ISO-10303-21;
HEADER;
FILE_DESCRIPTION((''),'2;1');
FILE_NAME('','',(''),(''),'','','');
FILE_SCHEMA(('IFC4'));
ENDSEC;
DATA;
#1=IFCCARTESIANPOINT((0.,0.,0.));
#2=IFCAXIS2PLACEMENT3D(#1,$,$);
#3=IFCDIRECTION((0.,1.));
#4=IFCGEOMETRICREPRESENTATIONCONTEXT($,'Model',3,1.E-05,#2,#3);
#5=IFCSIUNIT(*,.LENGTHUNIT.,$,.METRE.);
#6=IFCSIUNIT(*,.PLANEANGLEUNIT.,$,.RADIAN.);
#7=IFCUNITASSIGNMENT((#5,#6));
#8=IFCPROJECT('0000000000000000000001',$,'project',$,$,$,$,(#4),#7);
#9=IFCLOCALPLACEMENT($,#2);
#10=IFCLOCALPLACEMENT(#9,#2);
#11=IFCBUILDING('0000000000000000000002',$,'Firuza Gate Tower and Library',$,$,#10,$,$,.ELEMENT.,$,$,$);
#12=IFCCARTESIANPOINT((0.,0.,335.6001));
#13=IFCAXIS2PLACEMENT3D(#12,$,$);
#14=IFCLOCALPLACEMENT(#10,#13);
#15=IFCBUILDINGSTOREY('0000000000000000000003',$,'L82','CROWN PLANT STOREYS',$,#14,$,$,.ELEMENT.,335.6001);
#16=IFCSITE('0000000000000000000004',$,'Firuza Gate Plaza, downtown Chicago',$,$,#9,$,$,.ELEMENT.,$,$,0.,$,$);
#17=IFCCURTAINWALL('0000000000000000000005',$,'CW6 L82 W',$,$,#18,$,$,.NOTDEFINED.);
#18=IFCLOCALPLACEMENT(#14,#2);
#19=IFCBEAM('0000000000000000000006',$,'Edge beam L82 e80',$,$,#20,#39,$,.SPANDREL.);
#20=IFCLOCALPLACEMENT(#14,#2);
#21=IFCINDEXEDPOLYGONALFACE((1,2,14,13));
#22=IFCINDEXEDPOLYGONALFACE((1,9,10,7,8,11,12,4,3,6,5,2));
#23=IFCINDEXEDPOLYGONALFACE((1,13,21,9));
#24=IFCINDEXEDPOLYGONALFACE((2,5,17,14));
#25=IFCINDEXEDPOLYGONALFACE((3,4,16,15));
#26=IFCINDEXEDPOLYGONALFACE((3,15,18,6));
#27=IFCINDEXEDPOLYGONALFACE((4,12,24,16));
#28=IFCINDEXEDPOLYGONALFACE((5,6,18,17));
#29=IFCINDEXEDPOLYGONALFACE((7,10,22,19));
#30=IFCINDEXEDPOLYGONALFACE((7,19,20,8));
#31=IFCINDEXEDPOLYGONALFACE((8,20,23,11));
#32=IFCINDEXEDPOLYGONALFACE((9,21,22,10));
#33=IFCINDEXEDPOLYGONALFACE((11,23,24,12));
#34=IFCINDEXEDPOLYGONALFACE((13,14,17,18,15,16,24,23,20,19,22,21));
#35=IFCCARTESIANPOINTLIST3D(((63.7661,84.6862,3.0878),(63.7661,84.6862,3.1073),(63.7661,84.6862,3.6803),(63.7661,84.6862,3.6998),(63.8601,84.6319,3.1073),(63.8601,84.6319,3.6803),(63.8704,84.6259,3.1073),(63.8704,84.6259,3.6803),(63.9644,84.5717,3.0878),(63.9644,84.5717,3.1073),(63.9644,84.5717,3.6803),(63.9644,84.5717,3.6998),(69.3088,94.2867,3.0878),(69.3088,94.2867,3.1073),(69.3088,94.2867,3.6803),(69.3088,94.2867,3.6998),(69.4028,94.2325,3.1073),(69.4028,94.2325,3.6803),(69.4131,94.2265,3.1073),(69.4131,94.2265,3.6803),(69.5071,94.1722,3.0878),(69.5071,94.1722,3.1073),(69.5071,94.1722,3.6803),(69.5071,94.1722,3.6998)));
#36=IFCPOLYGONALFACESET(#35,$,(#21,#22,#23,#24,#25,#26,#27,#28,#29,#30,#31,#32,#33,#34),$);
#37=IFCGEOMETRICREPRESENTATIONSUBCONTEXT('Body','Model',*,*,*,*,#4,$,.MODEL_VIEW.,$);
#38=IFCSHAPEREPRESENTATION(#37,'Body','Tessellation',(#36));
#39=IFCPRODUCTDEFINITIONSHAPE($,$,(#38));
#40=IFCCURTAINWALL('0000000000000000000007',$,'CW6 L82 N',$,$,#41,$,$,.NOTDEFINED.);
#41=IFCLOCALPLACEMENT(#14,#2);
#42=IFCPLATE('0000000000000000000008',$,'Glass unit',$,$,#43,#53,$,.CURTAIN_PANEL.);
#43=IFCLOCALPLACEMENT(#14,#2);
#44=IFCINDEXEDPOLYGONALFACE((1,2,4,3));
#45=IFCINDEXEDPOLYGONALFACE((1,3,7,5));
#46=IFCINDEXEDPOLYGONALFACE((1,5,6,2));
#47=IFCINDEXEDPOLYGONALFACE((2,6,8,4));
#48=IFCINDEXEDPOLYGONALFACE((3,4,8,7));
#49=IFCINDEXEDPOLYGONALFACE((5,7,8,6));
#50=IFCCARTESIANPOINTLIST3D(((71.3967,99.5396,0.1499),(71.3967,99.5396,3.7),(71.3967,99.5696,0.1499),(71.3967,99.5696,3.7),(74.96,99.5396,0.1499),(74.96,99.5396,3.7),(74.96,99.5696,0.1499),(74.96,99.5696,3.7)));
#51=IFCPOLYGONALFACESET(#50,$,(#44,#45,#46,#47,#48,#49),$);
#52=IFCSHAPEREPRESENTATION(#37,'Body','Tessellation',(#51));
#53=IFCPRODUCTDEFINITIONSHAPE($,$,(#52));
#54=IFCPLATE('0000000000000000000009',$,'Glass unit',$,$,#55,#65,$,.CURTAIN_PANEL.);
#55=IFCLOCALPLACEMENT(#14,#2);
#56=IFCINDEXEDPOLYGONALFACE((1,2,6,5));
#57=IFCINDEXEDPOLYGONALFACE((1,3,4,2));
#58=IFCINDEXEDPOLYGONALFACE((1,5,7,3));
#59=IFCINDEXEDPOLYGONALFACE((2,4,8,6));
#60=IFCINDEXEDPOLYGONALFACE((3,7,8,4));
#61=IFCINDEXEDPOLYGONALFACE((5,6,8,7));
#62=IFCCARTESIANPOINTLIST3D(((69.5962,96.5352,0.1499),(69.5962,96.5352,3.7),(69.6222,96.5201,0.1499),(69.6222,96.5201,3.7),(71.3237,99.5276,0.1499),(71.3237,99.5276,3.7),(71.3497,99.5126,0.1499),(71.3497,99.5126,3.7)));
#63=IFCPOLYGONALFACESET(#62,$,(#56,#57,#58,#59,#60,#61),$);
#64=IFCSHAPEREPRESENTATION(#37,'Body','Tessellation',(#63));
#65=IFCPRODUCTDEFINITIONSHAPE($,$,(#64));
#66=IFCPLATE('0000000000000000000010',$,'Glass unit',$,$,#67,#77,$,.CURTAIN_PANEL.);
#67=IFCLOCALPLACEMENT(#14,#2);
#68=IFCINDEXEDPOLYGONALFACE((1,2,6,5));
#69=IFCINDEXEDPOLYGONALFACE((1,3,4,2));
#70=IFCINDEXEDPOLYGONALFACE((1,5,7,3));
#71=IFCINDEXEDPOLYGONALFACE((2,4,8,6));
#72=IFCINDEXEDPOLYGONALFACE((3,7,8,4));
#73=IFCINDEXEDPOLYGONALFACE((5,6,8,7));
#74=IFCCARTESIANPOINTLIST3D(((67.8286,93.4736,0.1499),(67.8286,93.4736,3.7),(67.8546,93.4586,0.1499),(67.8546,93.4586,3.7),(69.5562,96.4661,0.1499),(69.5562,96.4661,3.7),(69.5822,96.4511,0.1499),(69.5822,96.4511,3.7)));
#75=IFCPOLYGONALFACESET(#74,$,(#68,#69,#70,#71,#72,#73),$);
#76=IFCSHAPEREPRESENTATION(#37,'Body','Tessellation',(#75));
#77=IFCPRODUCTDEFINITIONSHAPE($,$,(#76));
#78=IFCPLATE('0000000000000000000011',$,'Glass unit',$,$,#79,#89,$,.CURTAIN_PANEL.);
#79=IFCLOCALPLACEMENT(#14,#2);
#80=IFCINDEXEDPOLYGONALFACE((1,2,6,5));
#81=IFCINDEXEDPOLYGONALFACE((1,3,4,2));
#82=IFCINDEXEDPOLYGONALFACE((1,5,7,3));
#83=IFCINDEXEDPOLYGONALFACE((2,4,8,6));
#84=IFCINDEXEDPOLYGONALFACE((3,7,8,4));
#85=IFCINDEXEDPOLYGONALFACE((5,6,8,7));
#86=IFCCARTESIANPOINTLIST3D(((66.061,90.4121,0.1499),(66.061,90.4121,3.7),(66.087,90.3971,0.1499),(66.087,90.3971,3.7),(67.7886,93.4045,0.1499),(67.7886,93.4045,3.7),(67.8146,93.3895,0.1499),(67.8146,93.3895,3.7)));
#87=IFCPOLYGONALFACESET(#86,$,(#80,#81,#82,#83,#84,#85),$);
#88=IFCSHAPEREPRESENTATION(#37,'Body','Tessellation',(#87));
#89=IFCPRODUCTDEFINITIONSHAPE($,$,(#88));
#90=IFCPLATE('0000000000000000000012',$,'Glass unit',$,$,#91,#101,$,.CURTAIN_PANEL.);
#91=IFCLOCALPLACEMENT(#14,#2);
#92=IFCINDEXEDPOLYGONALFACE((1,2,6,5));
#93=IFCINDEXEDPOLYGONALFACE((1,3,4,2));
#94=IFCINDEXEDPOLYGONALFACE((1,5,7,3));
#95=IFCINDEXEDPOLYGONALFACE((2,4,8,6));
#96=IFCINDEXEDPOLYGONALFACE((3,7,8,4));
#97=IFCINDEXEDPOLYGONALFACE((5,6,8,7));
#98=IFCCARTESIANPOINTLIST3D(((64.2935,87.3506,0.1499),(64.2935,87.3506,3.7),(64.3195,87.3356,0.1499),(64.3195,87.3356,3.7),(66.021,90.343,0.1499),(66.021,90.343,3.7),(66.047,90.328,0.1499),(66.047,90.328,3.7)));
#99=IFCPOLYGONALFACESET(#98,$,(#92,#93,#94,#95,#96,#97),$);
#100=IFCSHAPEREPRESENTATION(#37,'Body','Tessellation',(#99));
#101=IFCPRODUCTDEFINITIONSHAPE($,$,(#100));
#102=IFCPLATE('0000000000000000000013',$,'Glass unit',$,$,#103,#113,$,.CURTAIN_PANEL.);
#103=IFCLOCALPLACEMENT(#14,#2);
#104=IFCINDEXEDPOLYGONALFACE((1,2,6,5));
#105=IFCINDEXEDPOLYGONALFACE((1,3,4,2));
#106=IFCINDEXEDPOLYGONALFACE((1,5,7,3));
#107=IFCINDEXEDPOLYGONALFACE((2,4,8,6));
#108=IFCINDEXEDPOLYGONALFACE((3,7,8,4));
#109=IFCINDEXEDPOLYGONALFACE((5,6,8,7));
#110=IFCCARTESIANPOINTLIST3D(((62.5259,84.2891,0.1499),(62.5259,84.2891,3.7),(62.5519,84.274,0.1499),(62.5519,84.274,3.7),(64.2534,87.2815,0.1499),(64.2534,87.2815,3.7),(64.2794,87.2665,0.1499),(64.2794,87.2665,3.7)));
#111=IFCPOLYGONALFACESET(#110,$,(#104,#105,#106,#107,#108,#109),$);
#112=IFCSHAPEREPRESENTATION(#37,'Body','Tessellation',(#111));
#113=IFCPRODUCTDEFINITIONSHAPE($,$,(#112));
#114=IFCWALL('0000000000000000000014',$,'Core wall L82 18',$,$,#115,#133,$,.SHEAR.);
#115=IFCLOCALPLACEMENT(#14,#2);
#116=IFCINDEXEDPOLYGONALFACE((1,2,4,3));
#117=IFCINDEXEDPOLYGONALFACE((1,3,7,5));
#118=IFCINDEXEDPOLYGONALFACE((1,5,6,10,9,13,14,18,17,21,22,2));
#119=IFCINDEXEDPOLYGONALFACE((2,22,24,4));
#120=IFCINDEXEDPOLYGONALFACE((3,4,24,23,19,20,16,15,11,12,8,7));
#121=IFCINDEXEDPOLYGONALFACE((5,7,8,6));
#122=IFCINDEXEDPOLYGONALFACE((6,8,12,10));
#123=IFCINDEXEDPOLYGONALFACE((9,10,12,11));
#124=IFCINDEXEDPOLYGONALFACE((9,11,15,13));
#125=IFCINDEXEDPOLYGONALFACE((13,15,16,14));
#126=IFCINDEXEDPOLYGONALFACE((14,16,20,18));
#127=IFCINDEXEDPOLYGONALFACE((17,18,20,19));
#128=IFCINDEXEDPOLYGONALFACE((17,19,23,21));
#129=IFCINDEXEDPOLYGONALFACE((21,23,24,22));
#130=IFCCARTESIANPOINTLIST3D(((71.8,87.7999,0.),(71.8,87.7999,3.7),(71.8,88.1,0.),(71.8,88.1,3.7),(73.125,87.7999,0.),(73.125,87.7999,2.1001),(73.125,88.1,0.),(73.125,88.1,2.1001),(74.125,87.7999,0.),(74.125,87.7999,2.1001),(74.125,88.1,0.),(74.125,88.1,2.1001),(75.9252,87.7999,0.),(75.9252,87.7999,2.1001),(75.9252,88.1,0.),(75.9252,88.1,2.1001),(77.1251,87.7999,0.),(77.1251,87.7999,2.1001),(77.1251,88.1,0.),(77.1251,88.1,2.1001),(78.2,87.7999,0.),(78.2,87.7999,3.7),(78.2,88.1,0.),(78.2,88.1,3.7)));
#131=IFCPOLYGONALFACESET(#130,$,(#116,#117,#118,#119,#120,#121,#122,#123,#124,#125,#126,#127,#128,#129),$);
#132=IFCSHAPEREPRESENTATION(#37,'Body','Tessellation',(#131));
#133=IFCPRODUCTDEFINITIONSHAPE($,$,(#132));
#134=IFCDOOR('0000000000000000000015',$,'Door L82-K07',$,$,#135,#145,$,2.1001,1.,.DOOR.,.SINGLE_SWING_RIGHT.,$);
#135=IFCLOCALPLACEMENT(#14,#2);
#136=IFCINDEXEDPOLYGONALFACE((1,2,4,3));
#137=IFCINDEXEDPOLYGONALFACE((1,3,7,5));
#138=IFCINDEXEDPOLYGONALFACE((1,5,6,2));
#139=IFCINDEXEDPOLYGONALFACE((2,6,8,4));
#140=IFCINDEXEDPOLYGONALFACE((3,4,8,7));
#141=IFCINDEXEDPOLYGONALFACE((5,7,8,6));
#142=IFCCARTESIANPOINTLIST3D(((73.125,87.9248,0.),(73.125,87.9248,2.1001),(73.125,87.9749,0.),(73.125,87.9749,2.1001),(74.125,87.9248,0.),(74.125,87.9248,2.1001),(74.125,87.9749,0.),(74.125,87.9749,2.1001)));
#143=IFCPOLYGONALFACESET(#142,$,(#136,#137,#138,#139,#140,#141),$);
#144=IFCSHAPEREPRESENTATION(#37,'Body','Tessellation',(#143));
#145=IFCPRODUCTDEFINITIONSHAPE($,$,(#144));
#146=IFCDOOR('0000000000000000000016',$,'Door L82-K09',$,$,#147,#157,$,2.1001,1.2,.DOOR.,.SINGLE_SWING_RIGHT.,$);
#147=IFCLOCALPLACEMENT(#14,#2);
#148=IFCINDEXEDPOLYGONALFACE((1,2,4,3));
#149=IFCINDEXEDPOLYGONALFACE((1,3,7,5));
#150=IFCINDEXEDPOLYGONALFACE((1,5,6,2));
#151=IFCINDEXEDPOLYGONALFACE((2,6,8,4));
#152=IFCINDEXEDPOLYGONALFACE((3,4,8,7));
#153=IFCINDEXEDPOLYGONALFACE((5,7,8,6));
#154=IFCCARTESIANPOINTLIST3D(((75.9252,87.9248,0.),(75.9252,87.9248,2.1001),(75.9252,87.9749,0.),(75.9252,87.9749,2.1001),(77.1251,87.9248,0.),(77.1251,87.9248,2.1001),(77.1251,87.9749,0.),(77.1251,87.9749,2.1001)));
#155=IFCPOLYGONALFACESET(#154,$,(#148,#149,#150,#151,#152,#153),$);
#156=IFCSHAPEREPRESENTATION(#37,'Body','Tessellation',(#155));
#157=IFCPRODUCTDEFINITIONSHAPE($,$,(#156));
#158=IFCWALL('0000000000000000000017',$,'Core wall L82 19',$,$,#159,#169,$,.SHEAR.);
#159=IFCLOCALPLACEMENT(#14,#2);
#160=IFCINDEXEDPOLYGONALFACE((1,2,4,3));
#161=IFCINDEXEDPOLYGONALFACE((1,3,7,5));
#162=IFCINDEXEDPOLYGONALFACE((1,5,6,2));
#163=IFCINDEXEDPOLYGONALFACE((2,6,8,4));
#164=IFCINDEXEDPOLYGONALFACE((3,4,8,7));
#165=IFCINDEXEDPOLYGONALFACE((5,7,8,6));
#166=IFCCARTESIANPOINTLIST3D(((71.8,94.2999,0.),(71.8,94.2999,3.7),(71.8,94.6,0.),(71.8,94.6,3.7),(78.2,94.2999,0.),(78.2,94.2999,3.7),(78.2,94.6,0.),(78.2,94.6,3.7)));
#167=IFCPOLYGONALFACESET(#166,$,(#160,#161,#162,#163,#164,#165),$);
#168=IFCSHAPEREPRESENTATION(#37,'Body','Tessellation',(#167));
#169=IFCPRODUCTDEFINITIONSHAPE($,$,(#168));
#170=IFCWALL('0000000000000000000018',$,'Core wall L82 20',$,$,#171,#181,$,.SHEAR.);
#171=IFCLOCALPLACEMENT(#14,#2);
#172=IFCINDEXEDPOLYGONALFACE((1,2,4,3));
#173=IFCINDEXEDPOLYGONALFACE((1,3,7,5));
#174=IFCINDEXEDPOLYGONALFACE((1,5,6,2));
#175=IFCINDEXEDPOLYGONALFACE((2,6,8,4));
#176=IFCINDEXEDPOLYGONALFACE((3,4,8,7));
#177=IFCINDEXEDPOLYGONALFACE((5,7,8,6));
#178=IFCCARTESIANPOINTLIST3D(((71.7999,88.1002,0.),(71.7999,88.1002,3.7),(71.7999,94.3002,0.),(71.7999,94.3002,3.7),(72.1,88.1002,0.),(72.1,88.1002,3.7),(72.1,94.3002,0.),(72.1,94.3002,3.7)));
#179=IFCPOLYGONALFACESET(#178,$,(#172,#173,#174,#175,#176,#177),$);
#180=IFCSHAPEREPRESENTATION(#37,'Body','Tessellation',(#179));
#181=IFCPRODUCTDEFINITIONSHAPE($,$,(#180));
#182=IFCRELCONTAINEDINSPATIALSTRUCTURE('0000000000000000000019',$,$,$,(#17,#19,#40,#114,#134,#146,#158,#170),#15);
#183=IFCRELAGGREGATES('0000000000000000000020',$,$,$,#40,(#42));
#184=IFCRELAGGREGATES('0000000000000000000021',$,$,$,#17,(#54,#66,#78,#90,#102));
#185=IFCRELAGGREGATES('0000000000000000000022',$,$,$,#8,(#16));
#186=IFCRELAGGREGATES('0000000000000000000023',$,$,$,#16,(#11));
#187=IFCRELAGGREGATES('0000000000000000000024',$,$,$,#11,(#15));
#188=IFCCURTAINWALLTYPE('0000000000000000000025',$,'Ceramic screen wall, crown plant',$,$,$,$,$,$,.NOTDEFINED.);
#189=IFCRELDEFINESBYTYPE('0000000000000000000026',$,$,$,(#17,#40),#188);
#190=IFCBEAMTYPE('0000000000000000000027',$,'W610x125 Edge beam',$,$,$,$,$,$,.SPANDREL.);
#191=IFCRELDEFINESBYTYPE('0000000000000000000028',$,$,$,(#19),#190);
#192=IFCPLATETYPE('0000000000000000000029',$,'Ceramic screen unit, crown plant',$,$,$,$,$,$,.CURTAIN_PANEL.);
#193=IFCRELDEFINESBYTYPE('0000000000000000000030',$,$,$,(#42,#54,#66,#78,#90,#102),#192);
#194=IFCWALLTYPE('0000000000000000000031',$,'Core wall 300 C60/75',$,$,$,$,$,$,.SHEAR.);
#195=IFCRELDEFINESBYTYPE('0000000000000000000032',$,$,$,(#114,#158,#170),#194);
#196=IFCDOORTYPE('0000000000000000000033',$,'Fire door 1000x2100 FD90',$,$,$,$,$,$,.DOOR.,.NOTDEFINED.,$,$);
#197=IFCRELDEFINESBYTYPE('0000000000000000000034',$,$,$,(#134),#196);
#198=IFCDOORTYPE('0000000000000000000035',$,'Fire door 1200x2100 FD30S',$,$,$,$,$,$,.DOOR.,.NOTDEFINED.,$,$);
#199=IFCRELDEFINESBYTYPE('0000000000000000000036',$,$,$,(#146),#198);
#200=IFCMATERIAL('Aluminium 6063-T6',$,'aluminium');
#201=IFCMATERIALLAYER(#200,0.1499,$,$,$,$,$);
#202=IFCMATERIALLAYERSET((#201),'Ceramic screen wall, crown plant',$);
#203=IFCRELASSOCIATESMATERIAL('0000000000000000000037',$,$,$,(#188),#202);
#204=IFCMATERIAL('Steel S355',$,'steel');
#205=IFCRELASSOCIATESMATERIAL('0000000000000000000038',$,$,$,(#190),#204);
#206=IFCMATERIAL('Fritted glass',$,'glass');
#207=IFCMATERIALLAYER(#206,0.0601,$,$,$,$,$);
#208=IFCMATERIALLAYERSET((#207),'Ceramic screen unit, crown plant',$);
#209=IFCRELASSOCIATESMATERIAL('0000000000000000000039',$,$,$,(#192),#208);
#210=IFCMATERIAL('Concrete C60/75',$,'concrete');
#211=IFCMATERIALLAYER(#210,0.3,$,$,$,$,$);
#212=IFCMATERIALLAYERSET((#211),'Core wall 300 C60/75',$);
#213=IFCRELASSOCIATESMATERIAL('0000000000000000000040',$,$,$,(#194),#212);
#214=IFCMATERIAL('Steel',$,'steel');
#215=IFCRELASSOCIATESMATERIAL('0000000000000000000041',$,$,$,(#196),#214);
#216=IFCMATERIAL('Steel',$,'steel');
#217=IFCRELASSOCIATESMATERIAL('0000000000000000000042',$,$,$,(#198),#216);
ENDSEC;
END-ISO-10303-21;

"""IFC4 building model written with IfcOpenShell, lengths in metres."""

from ifc_helpers import new_model, si_unit, direction, frame, frame_2d, origin, origin_2d, place, context, subcontext, project, spatial, polyline, rectangle, i_section, outline, extrude, material, layer, layer_set, material_profile, profile_set, type_object, element, fill, aggregate, save


model = new_model("IFC4")

# Units and contexts
model_context = context("Model", 3, precision=1e-05, world=origin(), true_north=direction((0.0, 1.0)))
body_context = subcontext(model_context, "Body", "Model", "MODEL_VIEW")
ifc_project = project(units=[si_unit("LENGTHUNIT", "METRE"), si_unit("PLANEANGLEUNIT", "RADIAN")], contexts=[model_context])

# Site, building, storey
site_placement = place(None, origin())
site = spatial("IfcSite", under=ifc_project, at=site_placement, Name="Firuza Gate Plaza, downtown Chicago", CompositionType="ELEMENT", RefElevation=0.0)
building_placement = place(site_placement, origin())
building = spatial("IfcBuilding", under=site, at=building_placement, Name="Firuza Gate Tower and Library", CompositionType="ELEMENT")
storey_placement = place(building_placement, frame((0.0, 0.0, 335.6001)))
storey = spatial("IfcBuildingStorey", under=building, at=storey_placement, Name="L82", Description="CROWN PLANT STOREYS", CompositionType="ELEMENT", Elevation=335.6001)

# Curtain wall
ifc_material_1 = material(Name="Aluminium 6063-T6", Category="aluminium")
ifc_layer_1 = layer(ifc_material_1, 0.1499)
ifc_layer_set_1 = layer_set([ifc_layer_1], Name="Ceramic screen wall, crown plant")
curtain_wall_type = type_object("IfcCurtainWallType", Name="Ceramic screen wall, crown plant", PredefinedType="NOTDEFINED", material=ifc_layer_set_1)
placement = place(storey_placement, origin())
curtain_wall_1 = element("IfcCurtainWall", 1, at=placement, inside=storey, type_object=curtain_wall_type, Name="CW6 L82 W", PredefinedType="NOTDEFINED")

# Beam
ifc_material_2 = material(Name="Steel S355", Category="steel")
ifc_material_profile_1 = material_profile(ifc_material_2, i_section(OverallWidth=0.229, OverallDepth=0.6121, WebThickness=0.012, FlangeThickness=0.0195, at=origin_2d()))
ifc_profile_set_1 = profile_set([ifc_material_profile_1], Name="Steel S355")
beam_type_1 = type_object("IfcBeamType", Name="W610x125 Edge beam", PredefinedType="SPANDREL", material=ifc_profile_set_1)
beam_1_placement = place(storey_placement, frame((69.408, 94.2295, 3.3938), z_axis=(-0.499988, -0.866032, 0.0), x_axis=(0.866032, -0.499988, 0.0)))
element("IfcBeam", 2, at=beam_1_placement, inside=storey, type_object=beam_type_1, Name="Edge beam L82 e80", PredefinedType="SPANDREL", context=body_context, shape_type="SweptSolid", body=[
    extrude(i_section(OverallWidth=0.229, OverallDepth=0.6121, WebThickness=0.012, FlangeThickness=0.0195, at=origin_2d()), origin(), (0.0, 0.0, 1.0), 11.0857),
])

# Curtain wall, plate
curtain_wall_2 = element("IfcCurtainWall", 3, at=placement, inside=storey, type_object=curtain_wall_type, Name="CW6 L82 N", PredefinedType="NOTDEFINED")
ifc_material_3 = material(Name="Fritted glass", Category="glass")
ifc_layer_2 = layer(ifc_material_3, 0.0601)
ifc_layer_set_2 = layer_set([ifc_layer_2], Name="Ceramic screen unit, crown plant")
plate_type = type_object("IfcPlateType", Name="Ceramic screen unit, crown plant", PredefinedType="CURTAIN_PANEL", material=ifc_layer_set_2)
plate_1_placement = place(storey_placement, frame((74.96, 99.5696, 0.1499), z_axis=(0.0, 1.0, 0.0), x_axis=(-1.0, 0.0, 0.0)))
plate_1 = element("IfcPlate", 4, at=plate_1_placement, type_object=plate_type, Name="Glass unit", PredefinedType="CURTAIN_PANEL", context=body_context, shape_type="SweptSolid", body=[
    extrude(outline(polyline([(0.0, 0.0), (3.5632, 0.0), (3.5632, 3.55), (0.0, 3.55), (0.0, 0.0)])), origin(), (0.0, 0.0, -1.0), 0.03),
])
aggregate(curtain_wall_2, [plate_1])

# Plates
plate_2_placement = place(storey_placement, frame((71.3237, 99.5276, 0.1499), z_axis=(-0.866043, 0.499969, 0.0), x_axis=(-0.499969, -0.866043, 0.0)))
plate_2 = element("IfcPlate", 5, at=plate_2_placement, type_object=plate_type, Name="Glass unit", PredefinedType="CURTAIN_PANEL", context=body_context, shape_type="SweptSolid", body=[
    extrude(outline(polyline([(0.0, 0.0), (3.4553, 0.0), (3.4553, 3.55), (0.0, 3.55), (0.0, 0.0)])), origin(), (0.0, 0.0, -1.0), 0.03),
])
plate_3_placement = place(storey_placement, frame((69.5562, 96.4661, 0.1499), z_axis=(-0.866043, 0.499969, 0.0), x_axis=(-0.499969, -0.866043, 0.0)))
plate_3 = element("IfcPlate", 6, at=plate_3_placement, type_object=plate_type, Name="Glass unit", PredefinedType="CURTAIN_PANEL", context=body_context, shape_type="SweptSolid", body=[
    extrude(outline(polyline([(0.0, 0.0), (3.4553, 0.0), (3.4553, 3.55), (0.0, 3.55), (0.0, 0.0)])), origin(), (0.0, 0.0, -1.0), 0.03),
])
plate_4_placement = place(storey_placement, frame((67.7886, 93.4045, 0.1499), z_axis=(-0.866043, 0.499969, 0.0), x_axis=(-0.499969, -0.866043, 0.0)))
plate_4 = element("IfcPlate", 7, at=plate_4_placement, type_object=plate_type, Name="Glass unit", PredefinedType="CURTAIN_PANEL", context=body_context, shape_type="SweptSolid", body=[
    extrude(outline(polyline([(0.0, 0.0), (3.4553, 0.0), (3.4553, 3.55), (0.0, 3.55), (0.0, 0.0)])), origin(), (0.0, 0.0, -1.0), 0.03),
])
plate_5_placement = place(storey_placement, frame((66.021, 90.343, 0.1499), z_axis=(-0.866043, 0.499969, 0.0), x_axis=(-0.499969, -0.866043, 0.0)))
plate_5 = element("IfcPlate", 8, at=plate_5_placement, type_object=plate_type, Name="Glass unit", PredefinedType="CURTAIN_PANEL", context=body_context, shape_type="SweptSolid", body=[
    extrude(outline(polyline([(0.0, 0.0), (3.4553, 0.0), (3.4553, 3.55), (0.0, 3.55), (0.0, 0.0)])), origin(), (0.0, 0.0, -1.0), 0.03),
])
plate_6_placement = place(storey_placement, frame((64.2534, 87.2815, 0.1499), z_axis=(-0.866043, 0.499969, 0.0), x_axis=(-0.499969, -0.866043, 0.0)))
plate_6 = element("IfcPlate", 9, at=plate_6_placement, type_object=plate_type, Name="Glass unit", PredefinedType="CURTAIN_PANEL", context=body_context, shape_type="SweptSolid", body=[
    extrude(outline(polyline([(0.0, 0.0), (3.4553, 0.0), (3.4553, 3.55), (0.0, 3.55), (0.0, 0.0)])), origin(), (0.0, 0.0, -1.0), 0.03),
])
aggregate(curtain_wall_1, [plate_2, plate_3, plate_4, plate_5, plate_6])

# Wall, openings, doors
ifc_material_4 = material(Name="Concrete C60/75", Category="concrete")
ifc_layer_3 = layer(ifc_material_4, 0.3)
ifc_layer_set_3 = layer_set([ifc_layer_3], Name="Core wall 300 C60/75")
wall_type_1 = type_object("IfcWallType", Name="Core wall 300 C60/75", PredefinedType="SHEAR", material=ifc_layer_set_3)
wall_1_placement = place(storey_placement, frame((71.8, 87.95, 0.0), z_axis=(0.0, 0.0, 1.0), x_axis=(1.0, 0.0, 0.0)))
wall_1 = element("IfcWall", 10, at=wall_1_placement, inside=storey, type_object=wall_type_1, Name="Core wall L82 18", PredefinedType="SHEAR", context=body_context, shape_type="SweptSolid", body=[
    extrude(rectangle(XDim=6.3999, YDim=0.3, at=frame_2d((3.2, 0.0))), origin(), (0.0, 0.0, 1.0), 3.7),
])
opening_1_placement = place(wall_1_placement, frame((1.325, 0.0, 0.0)))
opening_1 = element("IfcOpeningElement", 11, at=opening_1_placement, cuts=wall_1, PredefinedType="OPENING", context=body_context, shape_type="SweptSolid", body=[
    extrude(rectangle(XDim=1.0, YDim=2.1001, at=frame_2d((0.5, 1.05))), frame((0.0, 0.1602, 0.0), z_axis=(0.0, -1.0, 0.0), x_axis=(1.0, 0.0, 0.0)), (0.0, 0.0, 1.0), 0.3201),
])
opening_2_placement = place(wall_1_placement, frame((4.125, 0.0, 0.0)))
opening_2 = element("IfcOpeningElement", 12, at=opening_2_placement, cuts=wall_1, PredefinedType="OPENING", context=body_context, shape_type="SweptSolid", body=[
    extrude(rectangle(XDim=1.2, YDim=2.1001, at=frame_2d((0.6001, 1.05))), frame((0.0, 0.1602, 0.0), z_axis=(0.0, -1.0, 0.0), x_axis=(1.0, 0.0, 0.0)), (0.0, 0.0, 1.0), 0.3201),
])
ifc_material_5 = material(Name="Steel", Category="steel")
door_type_1 = type_object("IfcDoorType", Name="Fire door 1000x2100 FD90", OperationType="NOTDEFINED", PredefinedType="DOOR", material=ifc_material_5)
door_1_placement = place(opening_1_placement, origin())
door_1 = element("IfcDoor", 13, at=door_1_placement, inside=storey, type_object=door_type_1, Name="Door L82-K07", OperationType="SINGLE_SWING_RIGHT", OverallHeight=2.1001, OverallWidth=1.0, PredefinedType="DOOR", context=body_context, shape_type="SweptSolid", body=[
    extrude(rectangle(XDim=1.0, YDim=2.1001, at=frame_2d((0.5, 1.05))), frame((0.0, 0.0249, 0.0), z_axis=(0.0, -1.0, 0.0), x_axis=(1.0, 0.0, 0.0)), (0.0, 0.0, 1.0), 0.05),
])
fill(opening_1, door_1)
ifc_material_6 = material(Name="Steel", Category="steel")
door_type_2 = type_object("IfcDoorType", Name="Fire door 1200x2100 FD30S", OperationType="NOTDEFINED", PredefinedType="DOOR", material=ifc_material_6)
door_2_placement = place(opening_2_placement, origin())
door_2 = element("IfcDoor", 14, at=door_2_placement, inside=storey, type_object=door_type_2, Name="Door L82-K09", OperationType="SINGLE_SWING_RIGHT", OverallHeight=2.1001, OverallWidth=1.2, PredefinedType="DOOR", context=body_context, shape_type="SweptSolid", body=[
    extrude(rectangle(XDim=1.2, YDim=2.1001, at=frame_2d((0.6001, 1.05))), frame((0.0, 0.0249, 0.0), z_axis=(0.0, -1.0, 0.0), x_axis=(1.0, 0.0, 0.0)), (0.0, 0.0, 1.0), 0.05),
])
fill(opening_2, door_2)

# Walls
wall_2_placement = place(storey_placement, frame((71.8, 94.45, 0.0), z_axis=(0.0, 0.0, 1.0), x_axis=(1.0, 0.0, 0.0)))
element("IfcWall", 15, at=wall_2_placement, inside=storey, type_object=wall_type_1, Name="Core wall L82 19", PredefinedType="SHEAR", context=body_context, shape_type="SweptSolid", body=[
    extrude(rectangle(XDim=6.3999, YDim=0.3, at=frame_2d((3.2, 0.0))), origin(), (0.0, 0.0, 1.0), 3.7),
])
wall_3_placement = place(storey_placement, frame((71.95, 88.1001, 0.0), z_axis=(0.0, 0.0, 1.0), x_axis=(0.0, 1.0, 0.0)))
element("IfcWall", 16, at=wall_3_placement, inside=storey, type_object=wall_type_1, Name="Core wall L82 20", PredefinedType="SHEAR", context=body_context, shape_type="SweptSolid", body=[
    extrude(rectangle(XDim=6.2, YDim=0.3, at=frame_2d((3.1001, 0.0))), origin(), (0.0, 0.0, 1.0), 3.7),
])

save(model, "model.ifc")
